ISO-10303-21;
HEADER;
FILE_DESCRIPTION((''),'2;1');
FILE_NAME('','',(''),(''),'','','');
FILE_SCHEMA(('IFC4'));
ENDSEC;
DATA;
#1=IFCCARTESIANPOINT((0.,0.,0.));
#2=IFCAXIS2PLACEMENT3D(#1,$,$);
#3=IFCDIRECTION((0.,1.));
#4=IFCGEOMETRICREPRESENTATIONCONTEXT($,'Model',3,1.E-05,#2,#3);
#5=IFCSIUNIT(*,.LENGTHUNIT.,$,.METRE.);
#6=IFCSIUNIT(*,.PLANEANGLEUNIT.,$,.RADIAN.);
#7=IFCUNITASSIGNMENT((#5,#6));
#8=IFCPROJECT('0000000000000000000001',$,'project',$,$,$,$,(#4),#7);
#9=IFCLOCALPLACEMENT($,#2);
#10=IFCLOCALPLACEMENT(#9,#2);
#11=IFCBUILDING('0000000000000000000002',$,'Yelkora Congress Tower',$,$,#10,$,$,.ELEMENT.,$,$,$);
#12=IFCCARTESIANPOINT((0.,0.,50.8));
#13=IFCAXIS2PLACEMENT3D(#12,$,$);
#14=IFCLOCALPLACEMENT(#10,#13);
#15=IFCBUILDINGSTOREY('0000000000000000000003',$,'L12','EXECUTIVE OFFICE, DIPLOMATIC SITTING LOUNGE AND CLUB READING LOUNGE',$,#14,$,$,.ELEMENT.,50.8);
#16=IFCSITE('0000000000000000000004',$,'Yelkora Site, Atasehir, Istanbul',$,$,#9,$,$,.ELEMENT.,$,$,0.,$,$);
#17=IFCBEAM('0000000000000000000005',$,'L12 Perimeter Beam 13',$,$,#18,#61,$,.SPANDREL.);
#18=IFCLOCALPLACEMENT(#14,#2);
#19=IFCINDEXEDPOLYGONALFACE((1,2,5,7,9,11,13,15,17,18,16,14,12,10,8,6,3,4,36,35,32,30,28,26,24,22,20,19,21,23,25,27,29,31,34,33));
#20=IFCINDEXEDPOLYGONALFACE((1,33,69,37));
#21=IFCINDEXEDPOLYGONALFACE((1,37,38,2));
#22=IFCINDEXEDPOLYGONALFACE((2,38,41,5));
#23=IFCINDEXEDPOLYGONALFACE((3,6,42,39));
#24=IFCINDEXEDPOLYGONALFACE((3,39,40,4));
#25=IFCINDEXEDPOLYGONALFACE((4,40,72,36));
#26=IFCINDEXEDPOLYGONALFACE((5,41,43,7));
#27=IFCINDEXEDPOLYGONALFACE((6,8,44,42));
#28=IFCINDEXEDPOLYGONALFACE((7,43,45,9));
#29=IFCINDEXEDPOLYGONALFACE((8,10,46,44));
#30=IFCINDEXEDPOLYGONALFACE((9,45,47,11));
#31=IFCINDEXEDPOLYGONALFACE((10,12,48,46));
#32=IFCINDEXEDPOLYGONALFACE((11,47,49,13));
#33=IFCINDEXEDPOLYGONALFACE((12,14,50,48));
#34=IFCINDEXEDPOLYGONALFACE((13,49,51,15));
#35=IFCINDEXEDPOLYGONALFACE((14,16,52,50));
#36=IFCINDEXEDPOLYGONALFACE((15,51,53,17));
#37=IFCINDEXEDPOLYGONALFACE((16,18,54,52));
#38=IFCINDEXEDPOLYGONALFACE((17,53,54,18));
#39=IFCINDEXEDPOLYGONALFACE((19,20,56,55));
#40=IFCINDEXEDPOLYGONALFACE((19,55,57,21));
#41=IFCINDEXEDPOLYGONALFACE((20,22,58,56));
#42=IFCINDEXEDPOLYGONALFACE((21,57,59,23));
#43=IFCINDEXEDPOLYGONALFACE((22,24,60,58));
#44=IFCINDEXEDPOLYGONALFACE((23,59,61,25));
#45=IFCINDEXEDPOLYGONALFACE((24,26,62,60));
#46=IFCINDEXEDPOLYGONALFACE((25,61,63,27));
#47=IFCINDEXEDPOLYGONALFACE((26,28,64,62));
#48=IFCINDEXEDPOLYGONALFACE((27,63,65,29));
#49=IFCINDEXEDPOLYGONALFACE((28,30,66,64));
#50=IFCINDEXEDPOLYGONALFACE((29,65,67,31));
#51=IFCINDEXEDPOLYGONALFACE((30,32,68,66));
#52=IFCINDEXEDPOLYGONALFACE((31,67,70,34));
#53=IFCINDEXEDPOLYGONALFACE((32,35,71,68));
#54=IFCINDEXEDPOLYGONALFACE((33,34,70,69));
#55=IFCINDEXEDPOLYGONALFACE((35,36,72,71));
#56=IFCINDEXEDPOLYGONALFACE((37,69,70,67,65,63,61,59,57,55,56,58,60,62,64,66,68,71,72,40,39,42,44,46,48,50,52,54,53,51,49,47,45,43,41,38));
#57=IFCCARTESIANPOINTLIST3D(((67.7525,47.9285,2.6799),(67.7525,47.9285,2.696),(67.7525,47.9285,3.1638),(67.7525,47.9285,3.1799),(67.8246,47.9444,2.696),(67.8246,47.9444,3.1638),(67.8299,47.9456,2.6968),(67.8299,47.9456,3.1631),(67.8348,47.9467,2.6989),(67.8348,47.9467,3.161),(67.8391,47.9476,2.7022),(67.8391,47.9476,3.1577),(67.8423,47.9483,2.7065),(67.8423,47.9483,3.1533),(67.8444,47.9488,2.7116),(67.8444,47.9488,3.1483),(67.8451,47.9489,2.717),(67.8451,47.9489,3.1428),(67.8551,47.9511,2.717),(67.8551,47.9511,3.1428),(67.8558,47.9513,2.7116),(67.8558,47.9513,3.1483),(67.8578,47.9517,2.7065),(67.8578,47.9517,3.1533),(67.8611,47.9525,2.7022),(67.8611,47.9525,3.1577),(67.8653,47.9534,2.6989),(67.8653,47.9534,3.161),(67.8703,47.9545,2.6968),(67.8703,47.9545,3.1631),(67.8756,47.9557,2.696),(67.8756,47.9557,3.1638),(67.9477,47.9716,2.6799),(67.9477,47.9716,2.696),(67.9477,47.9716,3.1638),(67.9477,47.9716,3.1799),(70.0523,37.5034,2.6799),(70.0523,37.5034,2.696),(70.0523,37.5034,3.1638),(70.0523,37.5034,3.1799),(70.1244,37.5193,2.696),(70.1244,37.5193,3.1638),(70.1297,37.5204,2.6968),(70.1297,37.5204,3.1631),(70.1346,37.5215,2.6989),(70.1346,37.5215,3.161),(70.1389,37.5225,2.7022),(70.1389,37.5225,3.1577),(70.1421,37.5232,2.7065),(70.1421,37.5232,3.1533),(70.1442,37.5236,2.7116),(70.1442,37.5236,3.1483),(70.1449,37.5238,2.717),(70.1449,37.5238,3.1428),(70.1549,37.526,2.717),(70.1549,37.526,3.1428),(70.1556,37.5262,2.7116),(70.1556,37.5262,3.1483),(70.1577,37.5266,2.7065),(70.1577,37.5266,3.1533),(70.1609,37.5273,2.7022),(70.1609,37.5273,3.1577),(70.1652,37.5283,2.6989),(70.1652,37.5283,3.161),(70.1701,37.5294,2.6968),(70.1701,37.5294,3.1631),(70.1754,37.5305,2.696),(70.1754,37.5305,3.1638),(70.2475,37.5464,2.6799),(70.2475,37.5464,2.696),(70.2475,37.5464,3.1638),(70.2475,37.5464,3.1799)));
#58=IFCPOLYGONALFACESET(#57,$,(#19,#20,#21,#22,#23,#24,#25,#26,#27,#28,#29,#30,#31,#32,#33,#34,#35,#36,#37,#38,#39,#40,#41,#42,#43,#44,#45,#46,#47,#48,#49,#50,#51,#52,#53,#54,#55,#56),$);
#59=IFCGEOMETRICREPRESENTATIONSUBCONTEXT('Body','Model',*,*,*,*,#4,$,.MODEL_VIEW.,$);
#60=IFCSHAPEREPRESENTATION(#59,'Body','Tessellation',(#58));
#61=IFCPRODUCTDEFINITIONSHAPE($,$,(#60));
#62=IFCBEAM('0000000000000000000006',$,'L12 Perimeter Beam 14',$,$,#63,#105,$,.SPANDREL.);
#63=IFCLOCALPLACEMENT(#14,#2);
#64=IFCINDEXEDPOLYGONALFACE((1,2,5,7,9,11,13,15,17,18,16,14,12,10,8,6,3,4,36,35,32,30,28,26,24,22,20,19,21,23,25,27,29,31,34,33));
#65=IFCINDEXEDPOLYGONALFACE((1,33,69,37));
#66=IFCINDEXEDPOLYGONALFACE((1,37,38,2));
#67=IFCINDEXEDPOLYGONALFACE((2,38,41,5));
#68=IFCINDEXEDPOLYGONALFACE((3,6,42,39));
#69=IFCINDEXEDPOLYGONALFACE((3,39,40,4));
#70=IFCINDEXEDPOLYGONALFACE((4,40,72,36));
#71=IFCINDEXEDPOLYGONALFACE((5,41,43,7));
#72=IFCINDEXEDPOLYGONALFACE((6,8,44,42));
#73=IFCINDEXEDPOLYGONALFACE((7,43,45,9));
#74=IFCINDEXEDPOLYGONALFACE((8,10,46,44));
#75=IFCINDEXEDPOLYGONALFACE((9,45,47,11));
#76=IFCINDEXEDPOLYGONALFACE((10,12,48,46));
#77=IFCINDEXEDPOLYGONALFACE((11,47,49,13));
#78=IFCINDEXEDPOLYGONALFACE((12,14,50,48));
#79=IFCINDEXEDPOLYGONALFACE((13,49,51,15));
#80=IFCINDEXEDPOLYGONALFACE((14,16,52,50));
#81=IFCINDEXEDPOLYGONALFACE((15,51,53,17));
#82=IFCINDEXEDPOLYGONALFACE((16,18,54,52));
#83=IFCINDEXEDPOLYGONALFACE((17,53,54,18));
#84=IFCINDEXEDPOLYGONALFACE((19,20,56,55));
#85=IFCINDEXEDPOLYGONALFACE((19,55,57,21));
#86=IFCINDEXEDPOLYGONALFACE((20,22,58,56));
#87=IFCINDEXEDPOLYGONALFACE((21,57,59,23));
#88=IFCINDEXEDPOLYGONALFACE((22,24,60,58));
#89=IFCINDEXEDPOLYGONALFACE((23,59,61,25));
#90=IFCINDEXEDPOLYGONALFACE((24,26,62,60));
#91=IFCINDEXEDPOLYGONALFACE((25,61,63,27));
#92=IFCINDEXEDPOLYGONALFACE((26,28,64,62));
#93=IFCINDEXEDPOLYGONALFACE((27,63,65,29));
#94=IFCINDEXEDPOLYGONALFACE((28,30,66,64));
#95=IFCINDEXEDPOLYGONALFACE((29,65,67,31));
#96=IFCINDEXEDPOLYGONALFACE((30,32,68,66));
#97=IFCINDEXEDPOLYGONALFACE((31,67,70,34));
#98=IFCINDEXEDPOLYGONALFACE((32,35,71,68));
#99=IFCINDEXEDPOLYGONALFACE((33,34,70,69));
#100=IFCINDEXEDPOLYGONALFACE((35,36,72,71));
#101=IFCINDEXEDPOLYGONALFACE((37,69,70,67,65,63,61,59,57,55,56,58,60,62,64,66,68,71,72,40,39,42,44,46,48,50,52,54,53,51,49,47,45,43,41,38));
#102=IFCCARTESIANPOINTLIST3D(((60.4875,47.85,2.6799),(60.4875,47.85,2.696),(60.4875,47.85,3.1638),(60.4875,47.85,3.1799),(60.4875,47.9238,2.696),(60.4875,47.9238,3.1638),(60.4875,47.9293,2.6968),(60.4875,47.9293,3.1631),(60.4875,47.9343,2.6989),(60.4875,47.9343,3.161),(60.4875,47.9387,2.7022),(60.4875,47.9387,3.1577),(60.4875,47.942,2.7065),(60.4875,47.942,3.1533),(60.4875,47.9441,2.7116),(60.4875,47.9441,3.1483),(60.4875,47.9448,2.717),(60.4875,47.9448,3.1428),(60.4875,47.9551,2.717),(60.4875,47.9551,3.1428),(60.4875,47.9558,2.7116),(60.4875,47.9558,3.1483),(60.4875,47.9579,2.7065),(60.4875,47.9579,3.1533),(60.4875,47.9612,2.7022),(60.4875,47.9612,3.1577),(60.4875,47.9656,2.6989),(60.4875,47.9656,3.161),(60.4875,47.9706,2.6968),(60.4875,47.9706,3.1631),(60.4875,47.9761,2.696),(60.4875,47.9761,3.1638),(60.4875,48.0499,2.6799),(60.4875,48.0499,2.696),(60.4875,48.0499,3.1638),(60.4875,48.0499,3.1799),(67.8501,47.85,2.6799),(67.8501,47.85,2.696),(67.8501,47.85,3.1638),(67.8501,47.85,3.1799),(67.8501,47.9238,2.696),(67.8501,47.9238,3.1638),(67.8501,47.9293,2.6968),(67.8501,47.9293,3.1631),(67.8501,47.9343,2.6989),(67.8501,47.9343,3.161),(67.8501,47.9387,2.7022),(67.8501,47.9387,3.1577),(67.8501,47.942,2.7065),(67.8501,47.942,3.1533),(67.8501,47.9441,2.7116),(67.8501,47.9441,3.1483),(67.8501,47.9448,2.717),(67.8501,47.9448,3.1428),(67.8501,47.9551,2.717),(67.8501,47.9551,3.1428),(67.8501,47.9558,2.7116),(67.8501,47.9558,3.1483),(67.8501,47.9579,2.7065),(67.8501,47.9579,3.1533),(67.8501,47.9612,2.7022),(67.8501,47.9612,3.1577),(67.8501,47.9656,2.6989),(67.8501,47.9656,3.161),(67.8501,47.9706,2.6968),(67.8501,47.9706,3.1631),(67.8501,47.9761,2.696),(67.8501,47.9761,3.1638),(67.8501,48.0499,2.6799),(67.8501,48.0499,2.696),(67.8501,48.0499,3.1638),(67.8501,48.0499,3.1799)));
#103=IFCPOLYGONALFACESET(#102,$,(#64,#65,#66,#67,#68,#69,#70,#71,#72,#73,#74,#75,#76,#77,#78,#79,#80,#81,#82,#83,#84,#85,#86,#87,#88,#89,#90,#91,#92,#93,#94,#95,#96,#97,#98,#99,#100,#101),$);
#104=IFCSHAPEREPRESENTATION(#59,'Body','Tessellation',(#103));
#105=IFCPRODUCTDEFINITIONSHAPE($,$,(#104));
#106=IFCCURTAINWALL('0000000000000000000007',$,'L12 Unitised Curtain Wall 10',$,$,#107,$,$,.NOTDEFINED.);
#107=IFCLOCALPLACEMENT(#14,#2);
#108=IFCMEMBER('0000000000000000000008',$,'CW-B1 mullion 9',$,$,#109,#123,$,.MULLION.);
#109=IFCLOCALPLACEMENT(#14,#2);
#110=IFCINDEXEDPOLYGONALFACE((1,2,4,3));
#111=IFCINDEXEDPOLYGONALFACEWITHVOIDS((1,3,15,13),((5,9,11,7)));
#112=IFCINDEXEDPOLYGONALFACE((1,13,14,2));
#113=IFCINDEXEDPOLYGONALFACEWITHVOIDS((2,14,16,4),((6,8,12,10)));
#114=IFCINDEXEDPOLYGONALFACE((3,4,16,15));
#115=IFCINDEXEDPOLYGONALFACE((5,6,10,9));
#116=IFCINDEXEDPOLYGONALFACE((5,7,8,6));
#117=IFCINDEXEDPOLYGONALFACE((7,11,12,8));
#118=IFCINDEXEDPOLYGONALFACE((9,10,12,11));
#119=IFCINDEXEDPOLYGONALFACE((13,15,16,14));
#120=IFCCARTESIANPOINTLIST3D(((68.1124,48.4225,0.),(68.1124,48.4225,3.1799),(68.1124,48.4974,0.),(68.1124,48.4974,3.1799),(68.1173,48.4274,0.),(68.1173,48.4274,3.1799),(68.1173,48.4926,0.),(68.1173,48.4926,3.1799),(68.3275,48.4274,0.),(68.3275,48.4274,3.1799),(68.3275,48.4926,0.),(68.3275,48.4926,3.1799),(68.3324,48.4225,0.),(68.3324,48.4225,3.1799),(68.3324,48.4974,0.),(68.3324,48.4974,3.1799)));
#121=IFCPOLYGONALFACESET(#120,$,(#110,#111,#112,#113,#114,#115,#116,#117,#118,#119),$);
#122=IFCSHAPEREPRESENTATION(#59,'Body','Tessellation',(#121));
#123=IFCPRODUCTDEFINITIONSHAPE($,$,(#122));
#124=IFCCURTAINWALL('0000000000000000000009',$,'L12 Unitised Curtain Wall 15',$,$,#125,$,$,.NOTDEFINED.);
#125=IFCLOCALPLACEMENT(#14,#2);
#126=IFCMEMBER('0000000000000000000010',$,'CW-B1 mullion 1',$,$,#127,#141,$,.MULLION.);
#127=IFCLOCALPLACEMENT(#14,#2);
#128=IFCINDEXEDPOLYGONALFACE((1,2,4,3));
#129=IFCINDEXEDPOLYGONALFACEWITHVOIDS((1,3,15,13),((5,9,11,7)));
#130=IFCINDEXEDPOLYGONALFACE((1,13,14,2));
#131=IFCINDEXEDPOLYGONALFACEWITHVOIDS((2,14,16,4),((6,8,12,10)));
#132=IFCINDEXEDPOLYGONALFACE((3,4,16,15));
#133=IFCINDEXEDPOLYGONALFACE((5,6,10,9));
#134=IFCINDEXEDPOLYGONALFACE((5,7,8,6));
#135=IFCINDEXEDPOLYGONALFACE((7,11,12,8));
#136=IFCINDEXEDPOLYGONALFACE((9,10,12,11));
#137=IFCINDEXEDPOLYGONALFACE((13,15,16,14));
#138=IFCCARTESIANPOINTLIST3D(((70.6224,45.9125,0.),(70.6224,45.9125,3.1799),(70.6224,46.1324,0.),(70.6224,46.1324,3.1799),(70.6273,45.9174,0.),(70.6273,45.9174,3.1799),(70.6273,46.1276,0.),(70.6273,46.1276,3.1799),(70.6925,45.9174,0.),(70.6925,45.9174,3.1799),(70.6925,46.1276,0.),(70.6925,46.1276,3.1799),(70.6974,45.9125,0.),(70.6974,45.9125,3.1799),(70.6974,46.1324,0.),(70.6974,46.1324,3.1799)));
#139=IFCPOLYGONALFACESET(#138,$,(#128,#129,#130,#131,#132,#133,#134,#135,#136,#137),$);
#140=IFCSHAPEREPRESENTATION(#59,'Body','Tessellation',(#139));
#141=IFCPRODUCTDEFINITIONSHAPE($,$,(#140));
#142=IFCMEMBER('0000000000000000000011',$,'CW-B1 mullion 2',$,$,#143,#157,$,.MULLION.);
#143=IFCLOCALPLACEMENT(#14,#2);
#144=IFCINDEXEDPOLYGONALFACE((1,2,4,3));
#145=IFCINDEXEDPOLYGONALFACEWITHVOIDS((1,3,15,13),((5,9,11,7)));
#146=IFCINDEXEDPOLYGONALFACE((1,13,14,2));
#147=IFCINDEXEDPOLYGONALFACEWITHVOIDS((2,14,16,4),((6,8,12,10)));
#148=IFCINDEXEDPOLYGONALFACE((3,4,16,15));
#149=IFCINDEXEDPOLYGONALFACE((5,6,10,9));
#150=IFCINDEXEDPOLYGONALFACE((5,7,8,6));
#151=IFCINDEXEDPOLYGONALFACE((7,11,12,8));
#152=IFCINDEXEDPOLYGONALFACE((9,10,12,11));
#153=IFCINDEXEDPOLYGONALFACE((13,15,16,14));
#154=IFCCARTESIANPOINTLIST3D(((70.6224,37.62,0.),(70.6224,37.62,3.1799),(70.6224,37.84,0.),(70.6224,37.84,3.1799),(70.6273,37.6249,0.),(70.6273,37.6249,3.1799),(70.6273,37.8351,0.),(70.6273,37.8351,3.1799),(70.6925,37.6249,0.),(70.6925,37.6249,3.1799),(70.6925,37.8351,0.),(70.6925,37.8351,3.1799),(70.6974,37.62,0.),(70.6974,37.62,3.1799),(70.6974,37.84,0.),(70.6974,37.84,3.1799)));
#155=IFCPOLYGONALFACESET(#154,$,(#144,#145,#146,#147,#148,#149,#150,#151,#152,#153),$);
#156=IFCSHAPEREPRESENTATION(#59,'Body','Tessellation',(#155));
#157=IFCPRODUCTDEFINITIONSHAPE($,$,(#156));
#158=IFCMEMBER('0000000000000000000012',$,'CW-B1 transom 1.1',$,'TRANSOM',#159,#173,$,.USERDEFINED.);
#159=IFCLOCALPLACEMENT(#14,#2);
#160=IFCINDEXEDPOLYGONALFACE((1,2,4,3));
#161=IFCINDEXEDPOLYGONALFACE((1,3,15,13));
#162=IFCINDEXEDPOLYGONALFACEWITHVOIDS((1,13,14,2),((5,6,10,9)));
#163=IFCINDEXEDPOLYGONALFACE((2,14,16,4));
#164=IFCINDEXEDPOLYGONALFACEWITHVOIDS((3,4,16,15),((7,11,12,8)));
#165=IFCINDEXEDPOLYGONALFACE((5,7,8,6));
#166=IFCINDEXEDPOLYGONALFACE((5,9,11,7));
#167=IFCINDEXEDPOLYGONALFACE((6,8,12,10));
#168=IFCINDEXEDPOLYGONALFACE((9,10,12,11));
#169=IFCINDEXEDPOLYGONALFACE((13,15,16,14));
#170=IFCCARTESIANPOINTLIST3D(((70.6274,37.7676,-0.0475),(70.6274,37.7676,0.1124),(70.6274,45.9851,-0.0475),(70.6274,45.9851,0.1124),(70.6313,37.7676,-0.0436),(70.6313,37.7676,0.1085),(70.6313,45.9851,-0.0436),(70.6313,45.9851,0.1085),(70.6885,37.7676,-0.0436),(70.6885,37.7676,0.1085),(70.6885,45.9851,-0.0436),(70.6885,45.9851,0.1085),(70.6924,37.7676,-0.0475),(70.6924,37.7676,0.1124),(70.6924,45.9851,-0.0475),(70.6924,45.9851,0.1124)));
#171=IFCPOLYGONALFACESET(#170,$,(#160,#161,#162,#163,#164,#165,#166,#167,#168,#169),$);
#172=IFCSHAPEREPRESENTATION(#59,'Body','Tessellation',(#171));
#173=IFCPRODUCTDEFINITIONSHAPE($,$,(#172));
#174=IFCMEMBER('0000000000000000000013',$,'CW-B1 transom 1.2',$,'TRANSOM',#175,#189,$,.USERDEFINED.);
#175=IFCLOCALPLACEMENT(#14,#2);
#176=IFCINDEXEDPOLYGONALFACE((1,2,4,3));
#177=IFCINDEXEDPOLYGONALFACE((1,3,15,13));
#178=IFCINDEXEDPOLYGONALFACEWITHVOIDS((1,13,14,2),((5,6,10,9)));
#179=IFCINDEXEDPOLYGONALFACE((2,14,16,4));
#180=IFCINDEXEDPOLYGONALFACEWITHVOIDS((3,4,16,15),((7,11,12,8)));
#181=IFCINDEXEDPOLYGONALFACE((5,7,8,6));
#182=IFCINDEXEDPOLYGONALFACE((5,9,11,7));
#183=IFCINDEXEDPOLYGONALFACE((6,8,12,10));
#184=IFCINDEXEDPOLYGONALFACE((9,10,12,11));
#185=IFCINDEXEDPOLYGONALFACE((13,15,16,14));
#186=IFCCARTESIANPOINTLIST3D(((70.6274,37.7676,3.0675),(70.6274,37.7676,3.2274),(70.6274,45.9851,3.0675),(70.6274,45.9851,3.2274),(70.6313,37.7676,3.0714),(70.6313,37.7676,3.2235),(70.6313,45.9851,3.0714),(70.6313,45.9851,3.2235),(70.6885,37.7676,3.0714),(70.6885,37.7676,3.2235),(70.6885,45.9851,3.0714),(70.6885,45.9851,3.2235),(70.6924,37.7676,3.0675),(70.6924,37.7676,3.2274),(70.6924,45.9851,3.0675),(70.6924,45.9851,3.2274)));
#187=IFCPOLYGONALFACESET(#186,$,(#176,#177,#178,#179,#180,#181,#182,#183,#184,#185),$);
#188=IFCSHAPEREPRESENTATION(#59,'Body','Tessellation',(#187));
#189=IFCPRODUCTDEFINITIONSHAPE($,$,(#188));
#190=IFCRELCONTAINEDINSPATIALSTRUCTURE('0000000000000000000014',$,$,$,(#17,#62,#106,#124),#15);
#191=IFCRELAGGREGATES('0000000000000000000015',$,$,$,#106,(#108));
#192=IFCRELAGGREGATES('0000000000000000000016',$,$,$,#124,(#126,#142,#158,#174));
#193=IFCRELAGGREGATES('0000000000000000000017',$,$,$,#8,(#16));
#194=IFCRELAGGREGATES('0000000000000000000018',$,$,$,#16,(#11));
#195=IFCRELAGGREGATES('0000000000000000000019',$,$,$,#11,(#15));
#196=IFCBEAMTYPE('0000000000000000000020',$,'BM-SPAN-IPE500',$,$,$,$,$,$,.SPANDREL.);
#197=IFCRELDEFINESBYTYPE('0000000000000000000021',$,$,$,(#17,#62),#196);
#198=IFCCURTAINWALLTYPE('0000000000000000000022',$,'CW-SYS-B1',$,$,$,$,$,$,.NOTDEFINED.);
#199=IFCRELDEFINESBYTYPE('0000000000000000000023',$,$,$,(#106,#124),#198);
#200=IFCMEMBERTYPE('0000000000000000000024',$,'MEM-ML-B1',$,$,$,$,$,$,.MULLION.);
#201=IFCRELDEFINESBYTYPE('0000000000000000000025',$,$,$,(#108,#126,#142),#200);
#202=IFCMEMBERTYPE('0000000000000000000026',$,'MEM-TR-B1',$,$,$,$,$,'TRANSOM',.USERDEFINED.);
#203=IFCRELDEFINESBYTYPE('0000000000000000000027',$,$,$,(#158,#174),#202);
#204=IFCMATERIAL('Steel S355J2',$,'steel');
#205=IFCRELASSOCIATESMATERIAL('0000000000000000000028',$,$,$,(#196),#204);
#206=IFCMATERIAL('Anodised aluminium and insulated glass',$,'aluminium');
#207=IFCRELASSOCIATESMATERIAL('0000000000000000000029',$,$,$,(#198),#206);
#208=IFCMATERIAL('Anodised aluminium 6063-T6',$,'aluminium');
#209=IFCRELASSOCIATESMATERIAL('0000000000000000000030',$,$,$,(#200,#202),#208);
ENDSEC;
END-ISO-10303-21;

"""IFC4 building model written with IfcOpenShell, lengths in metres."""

from ifc_helpers import new_model, si_unit, direction, frame, origin, origin_2d, place, context, subcontext, project, spatial, hollow_rectangle, i_section, extrude, material, material_profile, profile_set, type_object, element, aggregate, save


model = new_model("IFC4")

# Units and contexts
model_context = context("Model", 3, precision=1e-05, world=origin(), true_north=direction((0.0, 1.0)))
body_context = subcontext(model_context, "Body", "Model", "MODEL_VIEW")
ifc_project = project(units=[si_unit("LENGTHUNIT", "METRE"), si_unit("PLANEANGLEUNIT", "RADIAN")], contexts=[model_context])

# Site, building, storey
site_placement = place(None, origin())
site = spatial("IfcSite", under=ifc_project, at=site_placement, Name="Yelkora Site, Atasehir, Istanbul", CompositionType="ELEMENT", RefElevation=0.0)
building_placement = place(site_placement, origin())
building = spatial("IfcBuilding", under=site, at=building_placement, Name="Yelkora Congress Tower", CompositionType="ELEMENT")
storey_placement = place(building_placement, frame((0.0, 0.0, 50.8)))
storey = spatial("IfcBuildingStorey", under=building, at=storey_placement, Name="L12", Description="EXECUTIVE OFFICE, DIPLOMATIC SITTING LOUNGE AND CLUB READING LOUNGE", CompositionType="ELEMENT", Elevation=50.8)

# Beams
ifc_material_1 = material(Name="Steel S355J2", Category="steel")
ifc_material_profile_1 = material_profile(ifc_material_1, i_section(OverallWidth=0.2, OverallDepth=0.5, WebThickness=0.0103, FlangeThickness=0.0161, FilletRadius=0.021, at=origin_2d()), Name="IPE 500")
ifc_profile_set_1 = profile_set([ifc_material_profile_1], Name="Steel S355J2")
beam_type_1 = type_object("IfcBeamType", Name="BM-SPAN-IPE500", PredefinedType="SPANDREL", material=ifc_profile_set_1)
beam_1_placement = place(storey_placement, frame((70.1499, 37.5249, 2.9299), z_axis=(-0.215424, 0.976521, 0.0), x_axis=(-0.976521, -0.215424, 0.0)))
element("IfcBeam", 1, at=beam_1_placement, inside=storey, type_object=beam_type_1, Name="L12 Perimeter Beam 13", PredefinedType="SPANDREL", context=body_context, shape_type="SweptSolid", body=[
    extrude(i_section(OverallWidth=0.2, OverallDepth=0.5, WebThickness=0.0103, FlangeThickness=0.0161, FilletRadius=0.021, at=origin_2d()), origin(), (0.0, 0.0, 1.0), 10.6758),
])
beam_2_placement = place(storey_placement, frame((67.8501, 47.95, 2.9299), z_axis=(-1.0, 0.0, 0.0), x_axis=(0.0, -1.0, 0.0)))
element("IfcBeam", 2, at=beam_2_placement, inside=storey, type_object=beam_type_1, Name="L12 Perimeter Beam 14", PredefinedType="SPANDREL", context=body_context, shape_type="SweptSolid", body=[
    extrude(i_section(OverallWidth=0.2, OverallDepth=0.5, WebThickness=0.0103, FlangeThickness=0.0161, FilletRadius=0.021, at=origin_2d()), origin(), (0.0, 0.0, 1.0), 7.3625),
])

# Curtain wall, member
ifc_material_2 = material(Name="Anodised aluminium and insulated glass", Category="aluminium")
curtain_wall_type = type_object("IfcCurtainWallType", Name="CW-SYS-B1", PredefinedType="NOTDEFINED", material=ifc_material_2)
curtain_wall_1_placement = place(storey_placement, origin())
curtain_wall_1 = element("IfcCurtainWall", 3, at=curtain_wall_1_placement, inside=storey, type_object=curtain_wall_type, Name="L12 Unitised Curtain Wall 10", PredefinedType="NOTDEFINED")
ifc_material_3 = material(Name="Anodised aluminium 6063-T6", Category="aluminium")
ifc_material_profile_2 = material_profile(ifc_material_3, hollow_rectangle(XDim=0.075, YDim=0.22, WallThickness=0.0049, at=origin_2d()), Name="ALU 75x220x5")
ifc_profile_set_2 = profile_set([ifc_material_profile_2], Name="Anodised aluminium 6063-T6")
member_type_1 = type_object("IfcMemberType", Name="MEM-ML-B1", PredefinedType="MULLION", material=ifc_profile_set_2)
member_1_placement = place(storey_placement, frame((68.2224, 48.46, 0.0), z_axis=(0.0, 0.0, 1.0), x_axis=(0.0, 1.0, 0.0)))
member_1 = element("IfcMember", 4, at=member_1_placement, type_object=member_type_1, Name="CW-B1 mullion 9", PredefinedType="MULLION", context=body_context, shape_type="SweptSolid", body=[
    extrude(hollow_rectangle(XDim=0.075, YDim=0.22, WallThickness=0.0049, at=origin_2d()), origin(), (0.0, 0.0, 1.0), 3.1799),
])

# Curtain wall, members
curtain_wall_2_placement = place(storey_placement, origin())
curtain_wall_2 = element("IfcCurtainWall", 5, at=curtain_wall_2_placement, inside=storey, type_object=curtain_wall_type, Name="L12 Unitised Curtain Wall 15", PredefinedType="NOTDEFINED")
member_2_placement = place(storey_placement, frame((70.6599, 46.0225, 0.0), z_axis=(0.0, 0.0, 1.0), x_axis=(1.0, 0.0, 0.0)))
member_2 = element("IfcMember", 6, at=member_2_placement, type_object=member_type_1, Name="CW-B1 mullion 1", PredefinedType="MULLION", context=body_context, shape_type="SweptSolid", body=[
    extrude(hollow_rectangle(XDim=0.075, YDim=0.22, WallThickness=0.0049, at=origin_2d()), origin(), (0.0, 0.0, 1.0), 3.1799),
])
member_3_placement = place(storey_placement, frame((70.6599, 37.73, 0.0), z_axis=(0.0, 0.0, 1.0), x_axis=(1.0, 0.0, 0.0)))
member_3 = element("IfcMember", 7, at=member_3_placement, type_object=member_type_1, Name="CW-B1 mullion 2", PredefinedType="MULLION", context=body_context, shape_type="SweptSolid", body=[
    extrude(hollow_rectangle(XDim=0.075, YDim=0.22, WallThickness=0.0049, at=origin_2d()), origin(), (0.0, 0.0, 1.0), 3.1799),
])
ifc_material_profile_3 = material_profile(ifc_material_3, hollow_rectangle(XDim=0.0649, YDim=0.1599, WallThickness=0.0039, at=origin_2d()), Name="ALU 65x160x4")
ifc_profile_set_3 = profile_set([ifc_material_profile_3], Name="Anodised aluminium 6063-T6")
member_type_2 = type_object("IfcMemberType", Name="MEM-TR-B1", ElementType="TRANSOM", PredefinedType="USERDEFINED", material=ifc_profile_set_3)
member_4_placement = place(storey_placement, frame((70.6599, 45.9851, 0.0325), z_axis=(0.0, -1.0, 0.0), x_axis=(1.0, 0.0, 0.0)))
member_4 = element("IfcMember", 8, at=member_4_placement, type_object=member_type_2, Name="CW-B1 transom 1.1", ObjectType="TRANSOM", PredefinedType="USERDEFINED", context=body_context, shape_type="SweptSolid", body=[
    extrude(hollow_rectangle(XDim=0.0649, YDim=0.1599, WallThickness=0.0039, at=origin_2d()), origin(), (0.0, 0.0, 1.0), 8.2175),
])
member_5_placement = place(storey_placement, frame((70.6599, 45.9851, 3.1475), z_axis=(0.0, -1.0, 0.0), x_axis=(1.0, 0.0, 0.0)))
member_5 = element("IfcMember", 9, at=member_5_placement, type_object=member_type_2, Name="CW-B1 transom 1.2", ObjectType="TRANSOM", PredefinedType="USERDEFINED", context=body_context, shape_type="SweptSolid", body=[
    extrude(hollow_rectangle(XDim=0.0649, YDim=0.1599, WallThickness=0.0039, at=origin_2d()), origin(), (0.0, 0.0, 1.0), 8.2175),
])

aggregate(curtain_wall_1, [member_1])
aggregate(curtain_wall_2, [member_2, member_3, member_4, member_5])

save(model, "model.ifc")
